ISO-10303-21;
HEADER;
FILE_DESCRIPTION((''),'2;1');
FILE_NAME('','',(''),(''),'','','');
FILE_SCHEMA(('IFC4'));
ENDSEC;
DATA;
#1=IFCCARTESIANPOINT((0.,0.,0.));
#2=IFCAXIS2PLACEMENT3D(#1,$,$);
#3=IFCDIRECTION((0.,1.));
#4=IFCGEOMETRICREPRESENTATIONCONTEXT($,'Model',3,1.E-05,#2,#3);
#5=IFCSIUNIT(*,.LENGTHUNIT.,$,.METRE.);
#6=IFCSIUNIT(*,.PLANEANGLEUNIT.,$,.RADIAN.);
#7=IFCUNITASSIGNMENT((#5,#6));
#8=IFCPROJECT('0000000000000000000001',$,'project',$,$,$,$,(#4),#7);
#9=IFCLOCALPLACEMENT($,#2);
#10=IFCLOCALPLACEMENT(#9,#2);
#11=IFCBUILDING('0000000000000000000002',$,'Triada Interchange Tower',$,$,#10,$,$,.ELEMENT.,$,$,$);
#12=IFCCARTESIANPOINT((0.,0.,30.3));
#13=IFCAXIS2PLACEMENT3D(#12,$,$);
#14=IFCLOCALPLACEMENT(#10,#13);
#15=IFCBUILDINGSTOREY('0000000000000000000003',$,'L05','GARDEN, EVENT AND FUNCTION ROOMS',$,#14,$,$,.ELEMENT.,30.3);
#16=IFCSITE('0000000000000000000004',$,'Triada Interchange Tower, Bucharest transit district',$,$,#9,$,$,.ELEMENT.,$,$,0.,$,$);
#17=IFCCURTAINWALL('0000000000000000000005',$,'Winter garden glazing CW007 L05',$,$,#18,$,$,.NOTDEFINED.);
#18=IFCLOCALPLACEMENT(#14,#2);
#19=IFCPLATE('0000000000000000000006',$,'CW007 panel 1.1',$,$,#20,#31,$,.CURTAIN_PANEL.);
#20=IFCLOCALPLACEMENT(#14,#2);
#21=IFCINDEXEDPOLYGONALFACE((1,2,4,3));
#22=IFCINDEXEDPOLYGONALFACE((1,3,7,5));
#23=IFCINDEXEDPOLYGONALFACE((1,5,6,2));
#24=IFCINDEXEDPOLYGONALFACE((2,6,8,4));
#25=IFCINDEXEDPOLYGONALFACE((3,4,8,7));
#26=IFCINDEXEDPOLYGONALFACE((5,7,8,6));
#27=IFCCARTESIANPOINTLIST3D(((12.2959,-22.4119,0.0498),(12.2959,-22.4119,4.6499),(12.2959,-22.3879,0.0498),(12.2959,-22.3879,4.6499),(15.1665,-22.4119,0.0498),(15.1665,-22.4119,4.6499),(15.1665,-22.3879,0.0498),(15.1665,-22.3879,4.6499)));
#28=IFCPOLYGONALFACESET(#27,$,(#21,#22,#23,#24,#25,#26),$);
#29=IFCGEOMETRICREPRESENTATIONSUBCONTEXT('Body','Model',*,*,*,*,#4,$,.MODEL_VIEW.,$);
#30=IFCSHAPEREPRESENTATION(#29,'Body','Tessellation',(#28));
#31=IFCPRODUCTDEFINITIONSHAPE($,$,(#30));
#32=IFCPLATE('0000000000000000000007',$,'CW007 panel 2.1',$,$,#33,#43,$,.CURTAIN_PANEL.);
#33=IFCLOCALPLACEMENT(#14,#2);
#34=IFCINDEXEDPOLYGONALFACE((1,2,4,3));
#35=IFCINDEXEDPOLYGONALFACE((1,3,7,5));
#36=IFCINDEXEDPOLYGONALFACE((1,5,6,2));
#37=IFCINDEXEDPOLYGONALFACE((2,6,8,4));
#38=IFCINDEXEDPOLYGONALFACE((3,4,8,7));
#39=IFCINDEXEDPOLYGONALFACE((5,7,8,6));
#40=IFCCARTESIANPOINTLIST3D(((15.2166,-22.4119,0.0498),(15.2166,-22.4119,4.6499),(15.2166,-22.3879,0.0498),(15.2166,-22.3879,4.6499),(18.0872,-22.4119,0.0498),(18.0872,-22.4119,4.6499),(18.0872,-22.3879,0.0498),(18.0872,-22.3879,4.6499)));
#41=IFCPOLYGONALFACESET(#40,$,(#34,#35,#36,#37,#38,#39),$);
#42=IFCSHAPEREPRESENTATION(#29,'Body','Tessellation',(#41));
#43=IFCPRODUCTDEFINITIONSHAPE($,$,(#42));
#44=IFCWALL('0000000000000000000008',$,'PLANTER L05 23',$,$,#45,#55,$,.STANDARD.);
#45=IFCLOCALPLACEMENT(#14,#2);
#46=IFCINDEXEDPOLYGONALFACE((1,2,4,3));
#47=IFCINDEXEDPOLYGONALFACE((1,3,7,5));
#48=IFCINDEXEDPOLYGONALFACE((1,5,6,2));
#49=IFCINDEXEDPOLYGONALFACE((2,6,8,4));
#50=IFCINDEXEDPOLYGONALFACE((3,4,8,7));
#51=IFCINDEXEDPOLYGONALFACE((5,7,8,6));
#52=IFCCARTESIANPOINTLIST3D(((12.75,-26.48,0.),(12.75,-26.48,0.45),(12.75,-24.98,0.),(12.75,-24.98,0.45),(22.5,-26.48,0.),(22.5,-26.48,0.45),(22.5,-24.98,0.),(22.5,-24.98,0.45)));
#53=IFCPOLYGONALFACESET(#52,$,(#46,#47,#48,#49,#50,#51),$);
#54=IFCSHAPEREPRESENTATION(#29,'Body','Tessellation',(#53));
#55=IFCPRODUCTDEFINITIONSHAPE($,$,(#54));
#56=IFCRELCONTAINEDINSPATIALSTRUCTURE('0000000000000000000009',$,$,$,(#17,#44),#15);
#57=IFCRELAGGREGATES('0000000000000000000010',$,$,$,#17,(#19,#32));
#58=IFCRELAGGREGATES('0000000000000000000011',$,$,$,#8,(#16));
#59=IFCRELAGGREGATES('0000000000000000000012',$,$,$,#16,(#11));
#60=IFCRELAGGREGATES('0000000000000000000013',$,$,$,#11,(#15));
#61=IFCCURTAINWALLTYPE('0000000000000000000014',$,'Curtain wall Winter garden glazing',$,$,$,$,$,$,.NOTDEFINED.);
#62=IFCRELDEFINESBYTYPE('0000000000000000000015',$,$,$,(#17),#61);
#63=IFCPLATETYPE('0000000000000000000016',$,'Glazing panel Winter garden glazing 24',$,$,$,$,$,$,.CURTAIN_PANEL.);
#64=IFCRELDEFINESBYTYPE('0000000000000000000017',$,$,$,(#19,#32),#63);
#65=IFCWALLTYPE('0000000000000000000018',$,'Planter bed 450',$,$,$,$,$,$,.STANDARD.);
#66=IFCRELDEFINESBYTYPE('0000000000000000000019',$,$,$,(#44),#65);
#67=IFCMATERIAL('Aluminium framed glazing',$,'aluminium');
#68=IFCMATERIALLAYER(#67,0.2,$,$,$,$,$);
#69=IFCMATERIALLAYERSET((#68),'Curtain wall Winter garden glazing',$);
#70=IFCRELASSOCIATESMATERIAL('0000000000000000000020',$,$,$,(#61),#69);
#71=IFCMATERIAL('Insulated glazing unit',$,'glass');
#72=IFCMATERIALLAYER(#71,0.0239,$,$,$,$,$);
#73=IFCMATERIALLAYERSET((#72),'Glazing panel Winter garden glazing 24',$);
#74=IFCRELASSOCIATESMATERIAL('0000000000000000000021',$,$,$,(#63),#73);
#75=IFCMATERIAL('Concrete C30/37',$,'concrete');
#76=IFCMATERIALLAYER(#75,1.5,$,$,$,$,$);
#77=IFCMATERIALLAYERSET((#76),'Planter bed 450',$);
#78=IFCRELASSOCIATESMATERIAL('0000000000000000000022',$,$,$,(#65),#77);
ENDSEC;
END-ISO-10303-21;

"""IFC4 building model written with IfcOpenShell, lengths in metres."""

from ifc_helpers import new_model, si_unit, direction, frame, frame_2d, origin, origin_2d, place, context, subcontext, project, spatial, rectangle, extrude, material, layer, layer_set, type_object, element, aggregate, save


model = new_model("IFC4")

# Units and contexts
model_context = context("Model", 3, precision=1e-05, world=origin(), true_north=direction((0.0, 1.0)))
body_context = subcontext(model_context, "Body", "Model", "MODEL_VIEW")
ifc_project = project(units=[si_unit("LENGTHUNIT", "METRE"), si_unit("PLANEANGLEUNIT", "RADIAN")], contexts=[model_context])

# Site, building, storey
site_placement = place(None, origin())
site = spatial("IfcSite", under=ifc_project, at=site_placement, Name="Triada Interchange Tower, Bucharest transit district", CompositionType="ELEMENT", RefElevation=0.0)
building_placement = place(site_placement, origin())
building = spatial("IfcBuilding", under=site, at=building_placement, Name="Triada Interchange Tower", CompositionType="ELEMENT")
storey_placement = place(building_placement, frame((0.0, 0.0, 30.3)))
storey = spatial("IfcBuildingStorey", under=building, at=storey_placement, Name="L05", Description="GARDEN, EVENT AND FUNCTION ROOMS", CompositionType="ELEMENT", Elevation=30.3)

# Shared definitions
ifc_material_1 = material(Name="Aluminium framed glazing", Category="aluminium")
ifc_layer_1 = layer(ifc_material_1, 0.2)
ifc_layer_set_1 = layer_set([ifc_layer_1], Name="Curtain wall Winter garden glazing")
curtain_wall_type = type_object("IfcCurtainWallType", Name="Curtain wall Winter garden glazing", PredefinedType="NOTDEFINED", material=ifc_layer_set_1)

# Curtain wall
curtain_wall_1_placement = place(storey_placement, origin())
curtain_wall_1 = element("IfcCurtainWall", 1, at=curtain_wall_1_placement, inside=storey, type_object=curtain_wall_type, Name="Winter garden glazing CW007 L05", PredefinedType="NOTDEFINED")

# Plates
ifc_material_2 = material(Name="Insulated glazing unit", Category="glass")
ifc_layer_2 = layer(ifc_material_2, 0.0239)
ifc_layer_set_2 = layer_set([ifc_layer_2], Name="Glazing panel Winter garden glazing 24")
plate_type = type_object("IfcPlateType", Name="Glazing panel Winter garden glazing 24", PredefinedType="CURTAIN_PANEL", material=ifc_layer_set_2)
plate_1_placement = place(storey_placement, frame((13.7312, -22.3999, 0.0498), z_axis=(0.0, 0.0, 1.0), x_axis=(1.0, 0.0, 0.0)))
plate_1 = element("IfcPlate", 2, at=plate_1_placement, type_object=plate_type, Name="CW007 panel 1.1", PredefinedType="CURTAIN_PANEL", context=body_context, shape_type="SweptSolid", body=[
    extrude(rectangle(XDim=2.8706, YDim=0.0239, at=origin_2d()), origin(), (0.0, 0.0, 1.0), 4.6001),
])
plate_2_placement = place(storey_placement, frame((16.6519, -22.3999, 0.0498), z_axis=(0.0, 0.0, 1.0), x_axis=(1.0, 0.0, 0.0)))
plate_2 = element("IfcPlate", 3, at=plate_2_placement, type_object=plate_type, Name="CW007 panel 2.1", PredefinedType="CURTAIN_PANEL", context=body_context, shape_type="SweptSolid", body=[
    extrude(rectangle(XDim=2.8706, YDim=0.0239, at=origin_2d()), origin(), (0.0, 0.0, 1.0), 4.6001),
])
aggregate(curtain_wall_1, [plate_1, plate_2])

# Wall
ifc_material_3 = material(Name="Concrete C30/37", Category="concrete")
ifc_layer_3 = layer(ifc_material_3, 1.5)
ifc_layer_set_3 = layer_set([ifc_layer_3], Name="Planter bed 450")
wall_type_1 = type_object("IfcWallType", Name="Planter bed 450", PredefinedType="STANDARD", material=ifc_layer_set_3)
wall_1_placement = place(storey_placement, frame((12.75, -25.73, 0.0), z_axis=(0.0, 0.0, 1.0), x_axis=(1.0, 0.0, 0.0)))
element("IfcWall", 4, at=wall_1_placement, inside=storey, type_object=wall_type_1, Name="PLANTER L05 23", PredefinedType="STANDARD", context=body_context, shape_type="SweptSolid", body=[
    extrude(rectangle(XDim=9.75, YDim=1.5, at=frame_2d((4.875, 0.0))), origin(), (0.0, 0.0, 1.0), 0.45),
])

save(model, "model.ifc")
